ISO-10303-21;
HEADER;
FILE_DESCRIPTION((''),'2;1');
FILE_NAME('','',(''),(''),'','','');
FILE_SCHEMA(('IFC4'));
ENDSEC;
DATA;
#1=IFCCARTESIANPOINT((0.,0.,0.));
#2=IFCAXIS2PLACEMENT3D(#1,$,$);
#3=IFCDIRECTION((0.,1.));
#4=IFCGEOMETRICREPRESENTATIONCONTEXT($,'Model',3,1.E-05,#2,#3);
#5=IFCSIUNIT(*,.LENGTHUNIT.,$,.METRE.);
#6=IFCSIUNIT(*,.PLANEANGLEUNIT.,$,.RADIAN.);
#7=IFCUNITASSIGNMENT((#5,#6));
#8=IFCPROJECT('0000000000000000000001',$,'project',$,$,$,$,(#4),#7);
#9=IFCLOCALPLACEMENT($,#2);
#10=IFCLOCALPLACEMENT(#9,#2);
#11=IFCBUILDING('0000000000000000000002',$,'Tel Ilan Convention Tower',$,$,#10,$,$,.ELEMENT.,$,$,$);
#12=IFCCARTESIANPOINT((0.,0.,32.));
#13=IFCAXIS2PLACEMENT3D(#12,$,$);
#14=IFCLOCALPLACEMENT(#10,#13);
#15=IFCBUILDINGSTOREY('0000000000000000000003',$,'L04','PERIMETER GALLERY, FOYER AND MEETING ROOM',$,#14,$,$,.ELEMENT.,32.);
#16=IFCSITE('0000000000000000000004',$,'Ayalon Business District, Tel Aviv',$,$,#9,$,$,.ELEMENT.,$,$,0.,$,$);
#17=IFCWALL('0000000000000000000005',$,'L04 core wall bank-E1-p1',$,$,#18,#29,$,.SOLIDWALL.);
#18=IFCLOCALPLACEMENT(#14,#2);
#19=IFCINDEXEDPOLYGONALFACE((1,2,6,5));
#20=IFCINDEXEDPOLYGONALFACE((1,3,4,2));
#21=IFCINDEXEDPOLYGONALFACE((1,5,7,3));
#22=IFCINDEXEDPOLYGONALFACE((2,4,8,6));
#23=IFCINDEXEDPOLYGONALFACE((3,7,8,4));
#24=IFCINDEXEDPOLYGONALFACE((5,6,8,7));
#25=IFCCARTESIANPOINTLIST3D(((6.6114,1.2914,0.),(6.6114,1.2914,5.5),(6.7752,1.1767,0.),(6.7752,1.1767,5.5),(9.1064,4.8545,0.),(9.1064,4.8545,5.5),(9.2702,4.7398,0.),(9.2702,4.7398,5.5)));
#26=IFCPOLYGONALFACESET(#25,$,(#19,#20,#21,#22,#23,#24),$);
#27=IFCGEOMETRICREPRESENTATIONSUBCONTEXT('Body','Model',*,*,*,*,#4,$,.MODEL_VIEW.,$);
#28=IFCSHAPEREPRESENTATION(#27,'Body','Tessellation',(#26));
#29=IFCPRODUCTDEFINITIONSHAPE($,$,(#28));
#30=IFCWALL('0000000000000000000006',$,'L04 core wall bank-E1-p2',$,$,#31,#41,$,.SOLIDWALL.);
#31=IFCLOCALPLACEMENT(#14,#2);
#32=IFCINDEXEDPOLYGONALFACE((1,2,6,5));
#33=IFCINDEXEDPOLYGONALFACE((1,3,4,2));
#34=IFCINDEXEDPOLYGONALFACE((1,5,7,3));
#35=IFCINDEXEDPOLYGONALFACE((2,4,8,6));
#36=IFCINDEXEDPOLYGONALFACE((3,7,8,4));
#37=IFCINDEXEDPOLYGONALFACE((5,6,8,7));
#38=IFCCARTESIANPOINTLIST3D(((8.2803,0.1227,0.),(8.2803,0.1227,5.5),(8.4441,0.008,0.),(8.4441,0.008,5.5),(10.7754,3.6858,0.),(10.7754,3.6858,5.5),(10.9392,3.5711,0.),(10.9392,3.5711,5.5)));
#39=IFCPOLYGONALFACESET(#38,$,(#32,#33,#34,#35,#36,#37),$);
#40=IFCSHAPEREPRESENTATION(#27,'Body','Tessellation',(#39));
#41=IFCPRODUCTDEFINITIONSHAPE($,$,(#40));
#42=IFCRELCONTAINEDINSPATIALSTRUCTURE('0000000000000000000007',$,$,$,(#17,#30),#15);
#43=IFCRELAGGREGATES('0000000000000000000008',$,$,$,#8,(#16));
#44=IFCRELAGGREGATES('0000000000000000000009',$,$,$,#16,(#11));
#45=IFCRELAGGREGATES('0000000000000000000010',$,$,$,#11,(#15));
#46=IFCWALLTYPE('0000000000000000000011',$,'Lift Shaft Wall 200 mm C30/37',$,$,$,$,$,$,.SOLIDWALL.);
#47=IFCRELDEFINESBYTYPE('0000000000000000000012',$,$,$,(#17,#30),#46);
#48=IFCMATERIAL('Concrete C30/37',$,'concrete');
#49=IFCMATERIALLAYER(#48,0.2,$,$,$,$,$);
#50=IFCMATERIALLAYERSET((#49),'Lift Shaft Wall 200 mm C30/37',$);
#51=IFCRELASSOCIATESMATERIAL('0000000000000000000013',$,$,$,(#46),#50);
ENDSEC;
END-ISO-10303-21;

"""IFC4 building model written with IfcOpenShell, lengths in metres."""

from ifc_helpers import new_model, si_unit, direction, frame, frame_2d, origin, place, context, subcontext, project, spatial, rectangle, extrude, material, layer, layer_set, type_object, element, save


model = new_model("IFC4")

# Units and contexts
model_context = context("Model", 3, precision=1e-05, world=origin(), true_north=direction((0.0, 1.0)))
body_context = subcontext(model_context, "Body", "Model", "MODEL_VIEW")
ifc_project = project(units=[si_unit("LENGTHUNIT", "METRE"), si_unit("PLANEANGLEUNIT", "RADIAN")], contexts=[model_context])

# Site, building, storey
site_placement = place(None, origin())
site = spatial("IfcSite", under=ifc_project, at=site_placement, Name="Ayalon Business District, Tel Aviv", CompositionType="ELEMENT", RefElevation=0.0)
building_placement = place(site_placement, origin())
building = spatial("IfcBuilding", under=site, at=building_placement, Name="Tel Ilan Convention Tower", CompositionType="ELEMENT")
storey_placement = place(building_placement, frame((0.0, 0.0, 32.0)))
storey = spatial("IfcBuildingStorey", under=building, at=storey_placement, Name="L04", Description="PERIMETER GALLERY, FOYER AND MEETING ROOM", CompositionType="ELEMENT", Elevation=32.0)

# Walls
ifc_material_1 = material(Name="Concrete C30/37", Category="concrete")
ifc_layer_1 = layer(ifc_material_1, 0.2)
ifc_layer_set_1 = layer_set([ifc_layer_1], Name="Lift Shaft Wall 200 mm C30/37")
wall_type_1 = type_object("IfcWallType", Name="Lift Shaft Wall 200 mm C30/37", PredefinedType="SOLIDWALL", material=ifc_layer_set_1)
for number, where, z_axis, x_axis, name in (
    (1, (6.6934, 1.2341, 0.0), (0.0, 0.0, 1.0), (0.573594, 0.81914, 0.0), "L04 core wall bank-E1-p1"),
    (2, (8.3623, 0.0654, 0.0), (0.0, 0.0, 1.0), (0.573594, 0.81914, 0.0), "L04 core wall bank-E1-p2"),
):
    element("IfcWall", number, at=place(storey_placement, frame(where, z_axis=z_axis, x_axis=x_axis)), inside=storey, type_object=wall_type_1, Name=name, PredefinedType="SOLIDWALL", context=body_context, shape_type="SweptSolid", body=[
        extrude(rectangle(XDim=4.3499, YDim=0.2, at=frame_2d((2.1748, 0.0))), origin(), (0.0, 0.0, 1.0), 5.5),
    ])

save(model, "model.ifc")
